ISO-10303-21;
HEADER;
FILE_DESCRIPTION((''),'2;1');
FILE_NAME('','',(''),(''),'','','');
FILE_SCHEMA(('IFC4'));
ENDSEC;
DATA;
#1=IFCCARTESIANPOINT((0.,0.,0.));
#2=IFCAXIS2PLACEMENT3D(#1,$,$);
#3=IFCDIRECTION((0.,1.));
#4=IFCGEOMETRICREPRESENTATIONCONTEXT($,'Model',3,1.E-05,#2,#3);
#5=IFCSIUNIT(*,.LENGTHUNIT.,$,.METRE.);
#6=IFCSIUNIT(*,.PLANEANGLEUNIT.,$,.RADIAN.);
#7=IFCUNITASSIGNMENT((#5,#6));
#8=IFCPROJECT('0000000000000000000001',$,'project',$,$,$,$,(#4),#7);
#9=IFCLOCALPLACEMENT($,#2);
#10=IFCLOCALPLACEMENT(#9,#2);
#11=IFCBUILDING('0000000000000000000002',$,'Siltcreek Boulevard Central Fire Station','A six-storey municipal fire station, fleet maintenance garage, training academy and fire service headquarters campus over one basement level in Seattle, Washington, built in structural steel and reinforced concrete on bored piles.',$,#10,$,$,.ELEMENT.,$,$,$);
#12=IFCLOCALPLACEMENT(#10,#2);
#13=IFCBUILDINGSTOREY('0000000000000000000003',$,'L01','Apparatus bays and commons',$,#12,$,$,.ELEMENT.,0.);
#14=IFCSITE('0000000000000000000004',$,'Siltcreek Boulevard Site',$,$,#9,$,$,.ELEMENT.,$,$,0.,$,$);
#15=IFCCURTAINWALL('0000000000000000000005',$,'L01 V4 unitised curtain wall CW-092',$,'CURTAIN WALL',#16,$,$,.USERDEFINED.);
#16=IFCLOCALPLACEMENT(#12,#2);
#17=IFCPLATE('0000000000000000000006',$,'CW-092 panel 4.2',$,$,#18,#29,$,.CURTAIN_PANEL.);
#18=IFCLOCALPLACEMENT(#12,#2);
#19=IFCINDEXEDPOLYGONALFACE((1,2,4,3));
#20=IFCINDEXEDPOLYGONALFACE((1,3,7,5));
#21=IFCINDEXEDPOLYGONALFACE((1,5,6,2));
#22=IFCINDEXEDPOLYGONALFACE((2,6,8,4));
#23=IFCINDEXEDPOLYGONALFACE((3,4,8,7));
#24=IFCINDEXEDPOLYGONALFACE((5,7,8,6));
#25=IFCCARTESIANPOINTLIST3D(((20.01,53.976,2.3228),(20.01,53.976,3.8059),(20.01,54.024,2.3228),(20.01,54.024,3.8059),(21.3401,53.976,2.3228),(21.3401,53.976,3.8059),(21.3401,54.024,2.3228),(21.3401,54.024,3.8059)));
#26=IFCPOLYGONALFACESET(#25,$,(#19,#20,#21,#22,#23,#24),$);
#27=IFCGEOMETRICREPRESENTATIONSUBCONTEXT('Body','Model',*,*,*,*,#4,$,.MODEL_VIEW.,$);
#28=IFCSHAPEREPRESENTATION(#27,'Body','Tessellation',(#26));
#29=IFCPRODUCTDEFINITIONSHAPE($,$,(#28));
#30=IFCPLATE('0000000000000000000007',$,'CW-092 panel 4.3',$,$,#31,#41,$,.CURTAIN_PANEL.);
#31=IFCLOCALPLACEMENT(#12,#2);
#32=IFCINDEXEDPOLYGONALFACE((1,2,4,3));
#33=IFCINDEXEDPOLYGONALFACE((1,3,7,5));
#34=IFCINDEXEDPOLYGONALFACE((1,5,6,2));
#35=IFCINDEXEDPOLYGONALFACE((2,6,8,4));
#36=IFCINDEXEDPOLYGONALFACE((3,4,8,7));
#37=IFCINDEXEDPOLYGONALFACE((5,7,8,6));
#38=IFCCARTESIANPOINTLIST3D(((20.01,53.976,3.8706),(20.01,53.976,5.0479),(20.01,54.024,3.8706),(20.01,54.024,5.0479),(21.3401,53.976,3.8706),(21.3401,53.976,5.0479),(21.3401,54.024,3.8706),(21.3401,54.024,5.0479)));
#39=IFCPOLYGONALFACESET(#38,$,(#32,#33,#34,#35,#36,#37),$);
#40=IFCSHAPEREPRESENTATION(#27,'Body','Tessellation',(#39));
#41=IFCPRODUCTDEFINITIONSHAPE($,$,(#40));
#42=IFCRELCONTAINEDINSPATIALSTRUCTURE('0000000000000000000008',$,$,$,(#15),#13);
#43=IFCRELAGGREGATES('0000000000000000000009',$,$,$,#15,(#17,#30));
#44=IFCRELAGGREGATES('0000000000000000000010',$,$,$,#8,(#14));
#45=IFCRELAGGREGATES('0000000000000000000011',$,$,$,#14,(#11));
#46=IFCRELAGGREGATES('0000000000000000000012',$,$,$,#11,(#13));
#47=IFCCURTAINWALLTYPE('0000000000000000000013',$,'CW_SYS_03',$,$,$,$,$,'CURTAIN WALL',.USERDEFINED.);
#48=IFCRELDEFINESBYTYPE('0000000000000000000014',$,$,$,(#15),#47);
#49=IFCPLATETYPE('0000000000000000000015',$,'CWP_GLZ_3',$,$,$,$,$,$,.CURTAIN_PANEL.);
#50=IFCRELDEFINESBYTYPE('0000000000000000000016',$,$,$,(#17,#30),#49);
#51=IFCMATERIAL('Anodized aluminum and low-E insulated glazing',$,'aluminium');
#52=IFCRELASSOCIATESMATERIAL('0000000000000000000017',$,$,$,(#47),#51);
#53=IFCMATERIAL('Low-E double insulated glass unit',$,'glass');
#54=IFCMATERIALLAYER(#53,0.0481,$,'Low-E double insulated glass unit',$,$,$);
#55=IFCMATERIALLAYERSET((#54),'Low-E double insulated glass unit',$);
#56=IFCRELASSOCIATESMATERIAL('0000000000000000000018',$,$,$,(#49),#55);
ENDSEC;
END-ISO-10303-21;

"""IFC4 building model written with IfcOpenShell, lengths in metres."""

from ifc_helpers import new_model, si_unit, direction, frame, origin, origin_2d, place, context, subcontext, project, spatial, rectangle, extrude, material, layer, layer_set, type_object, element, aggregate, save


model = new_model("IFC4")

# Units and contexts
model_context = context("Model", 3, precision=1e-05, world=origin(), true_north=direction((0.0, 1.0)))
body_context = subcontext(model_context, "Body", "Model", "MODEL_VIEW")
ifc_project = project(units=[si_unit("LENGTHUNIT", "METRE"), si_unit("PLANEANGLEUNIT", "RADIAN")], contexts=[model_context])

# Site, building, storey
site_placement = place(None, origin())
site = spatial("IfcSite", under=ifc_project, at=site_placement, Name="Siltcreek Boulevard Site", CompositionType="ELEMENT", RefElevation=0.0)
building_placement = place(site_placement, origin())
building = spatial("IfcBuilding", under=site, at=building_placement, Name="Siltcreek Boulevard Central Fire Station", Description="A six-storey municipal fire station, fleet maintenance garage, training academy and fire service headquarters campus over one basement level in Seattle, Washington, built in structural steel and reinforced concrete on bored piles.", CompositionType="ELEMENT")
storey_placement = place(building_placement, origin())
storey = spatial("IfcBuildingStorey", under=building, at=storey_placement, Name="L01", Description="Apparatus bays and commons", CompositionType="ELEMENT", Elevation=0.0)

# Curtain wall, plates
ifc_material_1 = material(Name="Anodized aluminum and low-E insulated glazing", Category="aluminium")
curtain_wall_type = type_object("IfcCurtainWallType", Name="CW_SYS_03", ElementType="CURTAIN WALL", PredefinedType="USERDEFINED", material=ifc_material_1)
curtain_wall_placement = place(storey_placement, origin())
curtain_wall = element("IfcCurtainWall", 1, at=curtain_wall_placement, inside=storey, type_object=curtain_wall_type, Name="L01 V4 unitised curtain wall CW-092", ObjectType="CURTAIN WALL", PredefinedType="USERDEFINED")
ifc_material_2 = material(Name="Low-E double insulated glass unit", Category="glass")
ifc_layer = layer(ifc_material_2, 0.0481, Name="Low-E double insulated glass unit")
ifc_layer_set = layer_set([ifc_layer], Name="Low-E double insulated glass unit")
plate_type = type_object("IfcPlateType", Name="CWP_GLZ_3", PredefinedType="CURTAIN_PANEL", material=ifc_layer_set)
plate_1_placement = place(storey_placement, frame((20.675, 54.0, 2.3228), z_axis=(0.0, 0.0, 1.0), x_axis=(-1.0, 0.0, 0.0)))
plate_1 = element("IfcPlate", 2, at=plate_1_placement, type_object=plate_type, Name="CW-092 panel 4.2", PredefinedType="CURTAIN_PANEL", context=body_context, shape_type="SweptSolid", body=[
    extrude(rectangle(XDim=1.3301, YDim=0.0481, at=origin_2d()), origin(), (0.0, 0.0, 1.0), 1.4832),
])
plate_2_placement = place(storey_placement, frame((20.675, 54.0, 3.8706), z_axis=(0.0, 0.0, 1.0), x_axis=(-1.0, 0.0, 0.0)))
plate_2 = element("IfcPlate", 3, at=plate_2_placement, type_object=plate_type, Name="CW-092 panel 4.3", PredefinedType="CURTAIN_PANEL", context=body_context, shape_type="SweptSolid", body=[
    extrude(rectangle(XDim=1.3301, YDim=0.0481, at=origin_2d()), origin(), (0.0, 0.0, 1.0), 1.1772),
])
aggregate(curtain_wall, [plate_1, plate_2])

save(model, "model.ifc")
